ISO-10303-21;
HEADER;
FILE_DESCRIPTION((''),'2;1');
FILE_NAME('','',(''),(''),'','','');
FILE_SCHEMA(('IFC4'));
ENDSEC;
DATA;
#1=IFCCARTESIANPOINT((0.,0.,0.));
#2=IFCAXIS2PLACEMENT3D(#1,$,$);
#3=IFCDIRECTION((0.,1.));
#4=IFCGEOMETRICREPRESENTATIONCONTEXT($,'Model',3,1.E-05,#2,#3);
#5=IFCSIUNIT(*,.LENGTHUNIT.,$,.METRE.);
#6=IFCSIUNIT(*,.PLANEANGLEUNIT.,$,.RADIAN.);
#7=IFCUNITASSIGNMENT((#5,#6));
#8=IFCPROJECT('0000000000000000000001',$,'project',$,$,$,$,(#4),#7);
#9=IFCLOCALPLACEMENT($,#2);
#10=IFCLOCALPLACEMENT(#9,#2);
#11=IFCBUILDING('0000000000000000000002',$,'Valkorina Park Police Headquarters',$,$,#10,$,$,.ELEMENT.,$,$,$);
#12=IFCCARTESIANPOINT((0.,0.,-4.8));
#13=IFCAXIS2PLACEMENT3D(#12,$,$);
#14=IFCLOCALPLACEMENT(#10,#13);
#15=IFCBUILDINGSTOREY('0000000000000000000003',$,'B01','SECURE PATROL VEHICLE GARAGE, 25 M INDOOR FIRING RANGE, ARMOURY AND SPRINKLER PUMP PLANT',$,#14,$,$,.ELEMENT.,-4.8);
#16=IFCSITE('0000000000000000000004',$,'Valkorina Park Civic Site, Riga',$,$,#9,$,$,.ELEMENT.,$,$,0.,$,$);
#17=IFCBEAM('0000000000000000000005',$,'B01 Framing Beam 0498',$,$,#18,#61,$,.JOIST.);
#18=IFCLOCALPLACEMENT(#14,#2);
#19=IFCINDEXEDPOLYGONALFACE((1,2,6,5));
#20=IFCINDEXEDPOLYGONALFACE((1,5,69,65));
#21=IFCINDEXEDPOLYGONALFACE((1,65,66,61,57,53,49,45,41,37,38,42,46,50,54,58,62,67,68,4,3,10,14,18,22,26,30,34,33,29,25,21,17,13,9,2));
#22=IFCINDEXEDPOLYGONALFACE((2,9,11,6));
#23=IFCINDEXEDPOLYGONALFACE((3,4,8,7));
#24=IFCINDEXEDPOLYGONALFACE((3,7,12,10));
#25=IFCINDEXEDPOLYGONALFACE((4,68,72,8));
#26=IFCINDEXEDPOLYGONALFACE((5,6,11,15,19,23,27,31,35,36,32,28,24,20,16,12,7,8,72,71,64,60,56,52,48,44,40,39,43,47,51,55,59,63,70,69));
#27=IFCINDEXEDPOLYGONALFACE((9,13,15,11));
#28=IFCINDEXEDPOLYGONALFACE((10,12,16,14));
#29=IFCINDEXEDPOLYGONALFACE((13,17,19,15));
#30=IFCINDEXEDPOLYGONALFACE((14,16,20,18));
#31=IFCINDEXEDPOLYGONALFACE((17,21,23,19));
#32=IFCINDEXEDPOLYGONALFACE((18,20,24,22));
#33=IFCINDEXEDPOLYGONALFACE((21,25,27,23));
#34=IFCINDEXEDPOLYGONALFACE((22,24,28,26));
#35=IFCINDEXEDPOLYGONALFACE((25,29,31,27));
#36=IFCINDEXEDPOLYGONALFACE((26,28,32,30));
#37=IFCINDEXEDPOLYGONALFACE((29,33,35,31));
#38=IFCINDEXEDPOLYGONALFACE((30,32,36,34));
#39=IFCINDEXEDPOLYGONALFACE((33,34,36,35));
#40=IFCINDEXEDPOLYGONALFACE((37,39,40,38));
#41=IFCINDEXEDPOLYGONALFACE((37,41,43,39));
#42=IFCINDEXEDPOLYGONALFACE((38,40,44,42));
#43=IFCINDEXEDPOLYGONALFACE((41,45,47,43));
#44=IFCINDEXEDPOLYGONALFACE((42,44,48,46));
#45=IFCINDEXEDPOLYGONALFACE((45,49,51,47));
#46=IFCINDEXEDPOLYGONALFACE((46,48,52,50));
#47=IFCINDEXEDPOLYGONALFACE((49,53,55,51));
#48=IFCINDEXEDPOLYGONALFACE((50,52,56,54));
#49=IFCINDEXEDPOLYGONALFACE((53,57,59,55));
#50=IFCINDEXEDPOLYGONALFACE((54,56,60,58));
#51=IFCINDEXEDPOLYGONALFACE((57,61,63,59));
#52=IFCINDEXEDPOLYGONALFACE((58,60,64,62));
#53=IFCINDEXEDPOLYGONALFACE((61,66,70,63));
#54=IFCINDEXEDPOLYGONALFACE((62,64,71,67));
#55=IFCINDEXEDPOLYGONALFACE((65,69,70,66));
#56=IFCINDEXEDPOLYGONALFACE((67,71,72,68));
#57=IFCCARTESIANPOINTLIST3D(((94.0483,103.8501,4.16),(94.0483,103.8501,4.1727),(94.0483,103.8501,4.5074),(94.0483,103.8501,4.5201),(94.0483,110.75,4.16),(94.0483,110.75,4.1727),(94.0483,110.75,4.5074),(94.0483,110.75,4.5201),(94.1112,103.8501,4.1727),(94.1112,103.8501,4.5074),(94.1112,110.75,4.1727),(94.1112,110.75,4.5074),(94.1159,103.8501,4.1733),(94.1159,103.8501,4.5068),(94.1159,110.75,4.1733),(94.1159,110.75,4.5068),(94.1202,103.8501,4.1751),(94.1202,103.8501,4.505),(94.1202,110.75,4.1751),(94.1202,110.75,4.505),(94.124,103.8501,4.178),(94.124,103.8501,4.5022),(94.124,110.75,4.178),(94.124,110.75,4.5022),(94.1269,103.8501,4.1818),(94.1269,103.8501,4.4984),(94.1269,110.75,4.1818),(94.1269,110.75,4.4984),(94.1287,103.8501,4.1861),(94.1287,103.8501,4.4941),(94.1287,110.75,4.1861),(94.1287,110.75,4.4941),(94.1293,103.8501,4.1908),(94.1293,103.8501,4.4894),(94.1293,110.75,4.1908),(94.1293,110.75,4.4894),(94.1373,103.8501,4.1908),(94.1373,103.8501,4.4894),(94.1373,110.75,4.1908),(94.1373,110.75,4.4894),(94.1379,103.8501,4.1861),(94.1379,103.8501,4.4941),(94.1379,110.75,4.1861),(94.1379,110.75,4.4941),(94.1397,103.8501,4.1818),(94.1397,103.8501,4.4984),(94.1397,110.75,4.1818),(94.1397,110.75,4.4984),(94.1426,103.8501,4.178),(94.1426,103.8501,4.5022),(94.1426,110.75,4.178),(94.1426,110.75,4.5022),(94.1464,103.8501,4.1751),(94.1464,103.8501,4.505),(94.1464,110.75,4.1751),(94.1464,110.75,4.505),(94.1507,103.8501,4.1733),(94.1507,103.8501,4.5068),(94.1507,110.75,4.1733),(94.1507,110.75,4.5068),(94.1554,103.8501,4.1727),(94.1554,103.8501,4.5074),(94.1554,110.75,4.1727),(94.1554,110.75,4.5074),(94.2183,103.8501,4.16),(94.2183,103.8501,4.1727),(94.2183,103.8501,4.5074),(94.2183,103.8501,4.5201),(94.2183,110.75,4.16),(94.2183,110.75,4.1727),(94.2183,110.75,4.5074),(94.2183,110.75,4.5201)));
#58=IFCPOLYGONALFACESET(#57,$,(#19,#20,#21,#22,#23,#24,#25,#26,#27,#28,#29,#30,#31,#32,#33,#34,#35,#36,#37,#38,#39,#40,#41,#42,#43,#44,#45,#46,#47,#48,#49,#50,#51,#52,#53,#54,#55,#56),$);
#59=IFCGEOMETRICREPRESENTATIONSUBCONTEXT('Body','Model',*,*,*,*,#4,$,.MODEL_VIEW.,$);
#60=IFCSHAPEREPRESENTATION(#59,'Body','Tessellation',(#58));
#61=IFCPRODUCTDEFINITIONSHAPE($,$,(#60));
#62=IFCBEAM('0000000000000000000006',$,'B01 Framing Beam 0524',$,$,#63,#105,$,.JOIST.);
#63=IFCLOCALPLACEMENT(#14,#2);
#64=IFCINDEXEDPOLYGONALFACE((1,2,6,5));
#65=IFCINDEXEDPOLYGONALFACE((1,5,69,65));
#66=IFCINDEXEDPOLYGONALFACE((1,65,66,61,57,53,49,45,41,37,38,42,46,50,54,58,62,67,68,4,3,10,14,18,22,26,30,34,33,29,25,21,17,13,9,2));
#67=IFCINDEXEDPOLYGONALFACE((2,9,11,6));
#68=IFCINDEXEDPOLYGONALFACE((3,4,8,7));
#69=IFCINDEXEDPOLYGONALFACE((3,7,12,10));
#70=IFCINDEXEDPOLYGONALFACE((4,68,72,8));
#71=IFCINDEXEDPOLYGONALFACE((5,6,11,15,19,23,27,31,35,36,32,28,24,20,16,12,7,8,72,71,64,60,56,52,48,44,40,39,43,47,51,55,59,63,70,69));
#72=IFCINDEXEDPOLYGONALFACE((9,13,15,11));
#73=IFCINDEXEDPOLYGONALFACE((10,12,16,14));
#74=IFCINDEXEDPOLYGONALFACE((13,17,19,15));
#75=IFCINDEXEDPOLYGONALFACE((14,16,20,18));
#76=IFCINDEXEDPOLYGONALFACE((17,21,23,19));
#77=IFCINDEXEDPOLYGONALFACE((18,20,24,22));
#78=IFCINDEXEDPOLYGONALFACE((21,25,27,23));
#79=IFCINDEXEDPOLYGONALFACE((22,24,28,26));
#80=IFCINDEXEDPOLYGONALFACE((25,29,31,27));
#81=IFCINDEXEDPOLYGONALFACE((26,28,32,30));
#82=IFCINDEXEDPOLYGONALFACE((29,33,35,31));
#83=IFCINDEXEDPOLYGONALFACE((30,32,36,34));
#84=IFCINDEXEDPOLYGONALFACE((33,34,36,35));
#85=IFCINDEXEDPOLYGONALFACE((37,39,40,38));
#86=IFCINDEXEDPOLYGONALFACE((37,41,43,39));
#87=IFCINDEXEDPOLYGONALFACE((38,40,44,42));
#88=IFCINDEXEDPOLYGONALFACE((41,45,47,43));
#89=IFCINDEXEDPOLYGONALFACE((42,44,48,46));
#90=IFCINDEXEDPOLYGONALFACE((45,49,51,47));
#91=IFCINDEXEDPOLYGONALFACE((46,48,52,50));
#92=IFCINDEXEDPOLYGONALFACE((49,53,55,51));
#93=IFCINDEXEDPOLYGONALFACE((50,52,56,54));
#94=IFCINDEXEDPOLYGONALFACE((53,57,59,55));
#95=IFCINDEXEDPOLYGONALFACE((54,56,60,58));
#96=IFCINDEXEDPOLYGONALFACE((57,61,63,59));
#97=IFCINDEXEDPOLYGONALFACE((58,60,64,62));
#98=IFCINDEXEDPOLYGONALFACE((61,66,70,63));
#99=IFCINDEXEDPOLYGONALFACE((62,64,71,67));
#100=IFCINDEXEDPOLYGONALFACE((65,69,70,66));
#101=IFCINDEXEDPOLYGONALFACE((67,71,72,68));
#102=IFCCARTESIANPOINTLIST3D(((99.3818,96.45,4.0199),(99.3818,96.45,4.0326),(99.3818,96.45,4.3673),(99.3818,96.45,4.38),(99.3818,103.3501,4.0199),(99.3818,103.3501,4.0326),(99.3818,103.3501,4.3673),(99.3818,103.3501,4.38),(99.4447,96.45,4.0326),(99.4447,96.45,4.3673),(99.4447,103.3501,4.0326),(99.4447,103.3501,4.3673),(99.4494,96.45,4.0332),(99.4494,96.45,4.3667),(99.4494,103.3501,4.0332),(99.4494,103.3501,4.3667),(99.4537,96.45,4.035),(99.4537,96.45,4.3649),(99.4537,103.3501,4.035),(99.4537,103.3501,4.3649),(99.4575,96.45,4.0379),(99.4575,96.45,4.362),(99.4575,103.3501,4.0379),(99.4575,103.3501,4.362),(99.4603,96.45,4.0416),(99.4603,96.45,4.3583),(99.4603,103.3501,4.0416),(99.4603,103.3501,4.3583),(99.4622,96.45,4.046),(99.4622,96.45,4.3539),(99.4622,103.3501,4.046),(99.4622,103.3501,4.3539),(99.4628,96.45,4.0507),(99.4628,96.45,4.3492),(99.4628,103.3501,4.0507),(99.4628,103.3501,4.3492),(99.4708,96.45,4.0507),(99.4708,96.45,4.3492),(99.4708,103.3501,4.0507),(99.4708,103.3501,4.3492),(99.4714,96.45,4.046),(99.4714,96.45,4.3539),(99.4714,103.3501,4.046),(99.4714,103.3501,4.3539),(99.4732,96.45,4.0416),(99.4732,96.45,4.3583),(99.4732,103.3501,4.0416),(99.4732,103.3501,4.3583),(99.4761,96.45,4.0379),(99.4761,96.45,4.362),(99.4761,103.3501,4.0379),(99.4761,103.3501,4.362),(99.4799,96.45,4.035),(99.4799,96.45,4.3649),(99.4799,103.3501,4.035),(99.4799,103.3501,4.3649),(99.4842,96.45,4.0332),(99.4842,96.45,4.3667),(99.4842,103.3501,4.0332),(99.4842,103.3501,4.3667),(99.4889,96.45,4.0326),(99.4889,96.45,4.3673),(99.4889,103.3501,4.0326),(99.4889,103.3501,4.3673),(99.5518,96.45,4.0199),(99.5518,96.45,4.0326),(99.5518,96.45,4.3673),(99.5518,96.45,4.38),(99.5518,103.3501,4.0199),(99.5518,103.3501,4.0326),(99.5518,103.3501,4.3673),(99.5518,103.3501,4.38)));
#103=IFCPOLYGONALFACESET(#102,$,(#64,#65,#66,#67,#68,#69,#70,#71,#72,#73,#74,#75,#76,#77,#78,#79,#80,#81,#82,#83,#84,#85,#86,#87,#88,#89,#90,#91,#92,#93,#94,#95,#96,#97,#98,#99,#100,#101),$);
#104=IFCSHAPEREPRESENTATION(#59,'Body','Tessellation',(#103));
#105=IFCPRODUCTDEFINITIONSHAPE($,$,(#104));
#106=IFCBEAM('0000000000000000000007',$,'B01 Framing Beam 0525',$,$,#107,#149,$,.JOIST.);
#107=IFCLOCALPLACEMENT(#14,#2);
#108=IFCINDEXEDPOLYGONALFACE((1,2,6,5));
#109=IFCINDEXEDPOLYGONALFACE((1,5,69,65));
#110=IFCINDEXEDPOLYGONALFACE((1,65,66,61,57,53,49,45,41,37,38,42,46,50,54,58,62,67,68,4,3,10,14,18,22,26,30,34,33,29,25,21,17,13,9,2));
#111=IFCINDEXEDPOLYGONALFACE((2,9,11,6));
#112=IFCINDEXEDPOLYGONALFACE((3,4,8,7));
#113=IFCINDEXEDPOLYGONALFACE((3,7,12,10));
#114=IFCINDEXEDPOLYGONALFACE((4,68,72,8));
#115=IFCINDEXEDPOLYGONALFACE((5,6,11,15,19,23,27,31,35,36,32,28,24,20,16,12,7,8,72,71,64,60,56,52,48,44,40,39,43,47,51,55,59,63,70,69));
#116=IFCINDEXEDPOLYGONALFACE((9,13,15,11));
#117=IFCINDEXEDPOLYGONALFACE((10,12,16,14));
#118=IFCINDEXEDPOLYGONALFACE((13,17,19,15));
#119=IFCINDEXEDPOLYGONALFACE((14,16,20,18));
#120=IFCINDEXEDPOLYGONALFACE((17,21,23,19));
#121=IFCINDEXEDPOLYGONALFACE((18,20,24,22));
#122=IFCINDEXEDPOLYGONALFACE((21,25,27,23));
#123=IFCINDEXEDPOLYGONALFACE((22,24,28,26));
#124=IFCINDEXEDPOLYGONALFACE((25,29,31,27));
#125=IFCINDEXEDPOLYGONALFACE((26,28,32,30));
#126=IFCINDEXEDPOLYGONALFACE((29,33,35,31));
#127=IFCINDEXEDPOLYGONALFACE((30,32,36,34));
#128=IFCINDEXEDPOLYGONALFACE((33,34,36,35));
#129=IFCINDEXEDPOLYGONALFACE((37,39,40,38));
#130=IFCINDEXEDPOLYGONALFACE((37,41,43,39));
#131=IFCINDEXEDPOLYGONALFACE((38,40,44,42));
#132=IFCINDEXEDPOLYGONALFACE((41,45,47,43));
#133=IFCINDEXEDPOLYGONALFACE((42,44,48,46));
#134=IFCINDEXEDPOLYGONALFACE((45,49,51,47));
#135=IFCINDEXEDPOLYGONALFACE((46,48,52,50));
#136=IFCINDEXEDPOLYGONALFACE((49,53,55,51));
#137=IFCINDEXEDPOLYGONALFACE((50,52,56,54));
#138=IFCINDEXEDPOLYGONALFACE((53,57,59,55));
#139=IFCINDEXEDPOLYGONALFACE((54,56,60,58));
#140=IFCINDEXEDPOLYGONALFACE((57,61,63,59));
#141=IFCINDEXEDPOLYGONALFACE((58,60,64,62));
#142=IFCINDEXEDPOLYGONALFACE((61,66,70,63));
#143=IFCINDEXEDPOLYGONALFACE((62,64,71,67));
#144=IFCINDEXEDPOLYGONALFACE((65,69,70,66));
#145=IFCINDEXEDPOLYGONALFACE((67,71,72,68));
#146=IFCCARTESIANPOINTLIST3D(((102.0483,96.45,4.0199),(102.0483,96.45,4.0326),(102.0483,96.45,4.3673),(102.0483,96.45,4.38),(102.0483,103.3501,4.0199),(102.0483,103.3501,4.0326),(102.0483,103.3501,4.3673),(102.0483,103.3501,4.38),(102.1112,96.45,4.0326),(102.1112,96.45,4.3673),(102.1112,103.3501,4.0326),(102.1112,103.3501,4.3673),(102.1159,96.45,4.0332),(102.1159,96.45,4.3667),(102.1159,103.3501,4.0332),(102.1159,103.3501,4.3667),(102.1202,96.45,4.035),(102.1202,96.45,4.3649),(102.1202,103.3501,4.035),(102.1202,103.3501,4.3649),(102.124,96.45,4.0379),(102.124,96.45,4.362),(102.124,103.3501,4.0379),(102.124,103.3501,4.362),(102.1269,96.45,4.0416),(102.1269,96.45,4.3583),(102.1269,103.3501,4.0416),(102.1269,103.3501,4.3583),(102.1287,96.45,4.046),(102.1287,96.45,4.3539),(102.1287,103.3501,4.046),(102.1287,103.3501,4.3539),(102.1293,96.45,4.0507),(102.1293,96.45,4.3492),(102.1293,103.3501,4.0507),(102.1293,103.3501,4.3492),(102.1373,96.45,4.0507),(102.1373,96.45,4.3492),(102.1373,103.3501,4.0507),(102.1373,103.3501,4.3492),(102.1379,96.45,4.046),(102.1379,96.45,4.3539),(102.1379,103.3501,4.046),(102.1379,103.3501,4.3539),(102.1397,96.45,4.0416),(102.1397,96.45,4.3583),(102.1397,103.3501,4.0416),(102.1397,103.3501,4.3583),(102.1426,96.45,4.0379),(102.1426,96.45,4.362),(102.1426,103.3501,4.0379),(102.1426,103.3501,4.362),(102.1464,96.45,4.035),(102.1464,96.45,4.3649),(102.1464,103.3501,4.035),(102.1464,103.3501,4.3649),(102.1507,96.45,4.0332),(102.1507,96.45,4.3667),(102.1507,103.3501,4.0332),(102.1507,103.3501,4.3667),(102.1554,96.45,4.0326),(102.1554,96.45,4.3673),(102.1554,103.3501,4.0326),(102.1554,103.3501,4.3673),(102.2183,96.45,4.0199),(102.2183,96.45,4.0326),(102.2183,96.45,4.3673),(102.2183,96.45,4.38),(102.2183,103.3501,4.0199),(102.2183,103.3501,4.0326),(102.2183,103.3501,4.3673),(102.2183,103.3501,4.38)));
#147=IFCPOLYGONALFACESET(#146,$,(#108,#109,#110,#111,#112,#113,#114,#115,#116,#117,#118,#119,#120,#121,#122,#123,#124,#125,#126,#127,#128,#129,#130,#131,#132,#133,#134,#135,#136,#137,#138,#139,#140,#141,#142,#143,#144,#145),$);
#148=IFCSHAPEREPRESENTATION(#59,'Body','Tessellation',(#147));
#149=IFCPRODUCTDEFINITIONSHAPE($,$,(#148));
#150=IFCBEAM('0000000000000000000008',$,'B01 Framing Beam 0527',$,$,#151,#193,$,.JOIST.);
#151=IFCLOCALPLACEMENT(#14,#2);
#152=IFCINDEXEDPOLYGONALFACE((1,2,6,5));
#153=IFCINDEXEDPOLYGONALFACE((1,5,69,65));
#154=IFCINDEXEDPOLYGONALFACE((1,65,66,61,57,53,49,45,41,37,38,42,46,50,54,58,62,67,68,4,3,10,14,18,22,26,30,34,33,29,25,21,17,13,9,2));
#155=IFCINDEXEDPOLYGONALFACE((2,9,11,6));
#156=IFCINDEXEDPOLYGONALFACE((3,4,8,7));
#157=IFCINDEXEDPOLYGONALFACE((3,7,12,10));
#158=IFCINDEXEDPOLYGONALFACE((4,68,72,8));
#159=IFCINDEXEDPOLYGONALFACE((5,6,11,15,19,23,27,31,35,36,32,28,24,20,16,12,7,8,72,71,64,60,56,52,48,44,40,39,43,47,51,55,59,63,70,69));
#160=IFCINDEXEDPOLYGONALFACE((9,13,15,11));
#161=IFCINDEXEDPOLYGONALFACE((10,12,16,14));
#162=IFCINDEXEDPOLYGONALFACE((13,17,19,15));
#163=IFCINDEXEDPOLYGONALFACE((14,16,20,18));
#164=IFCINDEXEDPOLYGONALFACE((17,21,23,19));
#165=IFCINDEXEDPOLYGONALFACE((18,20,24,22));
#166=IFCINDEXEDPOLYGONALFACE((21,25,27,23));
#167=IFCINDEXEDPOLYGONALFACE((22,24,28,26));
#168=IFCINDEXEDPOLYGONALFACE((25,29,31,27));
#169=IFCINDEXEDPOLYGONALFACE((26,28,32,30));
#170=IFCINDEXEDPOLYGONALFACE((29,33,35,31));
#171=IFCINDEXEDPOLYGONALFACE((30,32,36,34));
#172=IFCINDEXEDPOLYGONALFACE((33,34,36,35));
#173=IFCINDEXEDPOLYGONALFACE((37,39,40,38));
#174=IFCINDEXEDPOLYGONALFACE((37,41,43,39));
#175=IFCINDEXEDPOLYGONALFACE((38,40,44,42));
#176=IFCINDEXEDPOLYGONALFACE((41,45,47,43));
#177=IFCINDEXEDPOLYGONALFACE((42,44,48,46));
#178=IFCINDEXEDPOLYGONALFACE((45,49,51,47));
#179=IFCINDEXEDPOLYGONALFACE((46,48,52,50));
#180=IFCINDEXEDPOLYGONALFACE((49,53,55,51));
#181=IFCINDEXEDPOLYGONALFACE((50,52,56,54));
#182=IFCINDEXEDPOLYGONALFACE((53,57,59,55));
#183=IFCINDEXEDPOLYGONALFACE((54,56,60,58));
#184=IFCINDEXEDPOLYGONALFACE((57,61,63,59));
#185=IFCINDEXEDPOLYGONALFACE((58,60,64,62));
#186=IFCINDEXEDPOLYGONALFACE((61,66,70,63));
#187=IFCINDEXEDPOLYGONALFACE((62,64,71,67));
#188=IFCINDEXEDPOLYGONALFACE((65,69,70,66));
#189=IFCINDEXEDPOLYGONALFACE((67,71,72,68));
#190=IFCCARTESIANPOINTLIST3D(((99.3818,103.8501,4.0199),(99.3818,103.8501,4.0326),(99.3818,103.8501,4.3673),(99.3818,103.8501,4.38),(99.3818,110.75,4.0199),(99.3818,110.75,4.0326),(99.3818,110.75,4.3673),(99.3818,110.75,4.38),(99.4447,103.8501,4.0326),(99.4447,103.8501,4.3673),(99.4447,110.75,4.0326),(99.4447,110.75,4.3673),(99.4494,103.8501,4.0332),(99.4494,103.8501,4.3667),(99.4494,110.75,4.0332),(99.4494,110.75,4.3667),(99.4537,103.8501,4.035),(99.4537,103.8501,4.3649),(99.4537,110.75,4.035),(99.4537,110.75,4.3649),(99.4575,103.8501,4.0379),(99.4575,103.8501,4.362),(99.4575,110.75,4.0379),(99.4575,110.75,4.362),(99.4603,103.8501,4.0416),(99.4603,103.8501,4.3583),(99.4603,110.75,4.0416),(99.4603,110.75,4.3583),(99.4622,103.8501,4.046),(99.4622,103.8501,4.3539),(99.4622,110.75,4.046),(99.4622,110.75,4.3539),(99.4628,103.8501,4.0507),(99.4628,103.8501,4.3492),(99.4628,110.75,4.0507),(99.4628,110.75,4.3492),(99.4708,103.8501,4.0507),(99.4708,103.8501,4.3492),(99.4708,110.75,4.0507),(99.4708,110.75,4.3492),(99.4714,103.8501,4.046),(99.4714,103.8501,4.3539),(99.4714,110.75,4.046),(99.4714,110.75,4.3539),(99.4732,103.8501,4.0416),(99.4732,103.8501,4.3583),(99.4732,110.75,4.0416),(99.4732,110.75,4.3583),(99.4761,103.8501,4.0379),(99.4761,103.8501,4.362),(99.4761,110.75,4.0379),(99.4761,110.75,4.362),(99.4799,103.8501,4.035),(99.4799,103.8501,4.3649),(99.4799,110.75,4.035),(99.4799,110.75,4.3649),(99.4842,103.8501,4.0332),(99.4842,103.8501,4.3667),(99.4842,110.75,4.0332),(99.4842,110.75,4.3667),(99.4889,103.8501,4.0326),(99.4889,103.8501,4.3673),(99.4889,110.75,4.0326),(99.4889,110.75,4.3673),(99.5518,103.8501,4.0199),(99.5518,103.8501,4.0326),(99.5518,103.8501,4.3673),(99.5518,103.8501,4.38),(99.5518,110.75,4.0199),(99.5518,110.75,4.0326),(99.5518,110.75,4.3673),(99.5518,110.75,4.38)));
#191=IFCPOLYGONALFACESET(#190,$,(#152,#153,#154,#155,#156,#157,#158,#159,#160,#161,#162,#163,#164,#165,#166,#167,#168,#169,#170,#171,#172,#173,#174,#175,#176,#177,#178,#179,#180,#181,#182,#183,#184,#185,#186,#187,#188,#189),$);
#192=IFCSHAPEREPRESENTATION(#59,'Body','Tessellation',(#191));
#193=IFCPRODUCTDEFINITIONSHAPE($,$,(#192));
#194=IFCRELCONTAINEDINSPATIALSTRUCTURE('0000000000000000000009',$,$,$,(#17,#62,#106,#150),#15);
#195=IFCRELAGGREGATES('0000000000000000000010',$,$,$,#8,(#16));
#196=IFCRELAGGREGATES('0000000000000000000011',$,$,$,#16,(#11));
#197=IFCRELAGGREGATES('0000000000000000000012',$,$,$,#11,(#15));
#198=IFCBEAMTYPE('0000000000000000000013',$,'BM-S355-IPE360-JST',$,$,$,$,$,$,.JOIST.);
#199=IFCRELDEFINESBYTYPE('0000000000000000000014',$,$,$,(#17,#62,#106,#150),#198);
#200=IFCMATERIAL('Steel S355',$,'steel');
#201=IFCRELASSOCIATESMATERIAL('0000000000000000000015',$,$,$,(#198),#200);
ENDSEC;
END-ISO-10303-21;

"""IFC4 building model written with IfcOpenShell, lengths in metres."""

from ifc_helpers import new_model, si_unit, direction, frame, origin, origin_2d, place, context, subcontext, project, spatial, i_section, extrude, material, material_profile, profile_set, type_object, element, save


model = new_model("IFC4")

# Units and contexts
model_context = context("Model", 3, precision=1e-05, world=origin(), true_north=direction((0.0, 1.0)))
body_context = subcontext(model_context, "Body", "Model", "MODEL_VIEW")
ifc_project = project(units=[si_unit("LENGTHUNIT", "METRE"), si_unit("PLANEANGLEUNIT", "RADIAN")], contexts=[model_context])

# Site, building, storey
site_placement = place(None, origin())
site = spatial("IfcSite", under=ifc_project, at=site_placement, Name="Valkorina Park Civic Site, Riga", CompositionType="ELEMENT", RefElevation=0.0)
building_placement = place(site_placement, origin())
building = spatial("IfcBuilding", under=site, at=building_placement, Name="Valkorina Park Police Headquarters", CompositionType="ELEMENT")
storey_placement = place(building_placement, frame((0.0, 0.0, -4.8)))
storey = spatial("IfcBuildingStorey", under=building, at=storey_placement, Name="B01", Description="SECURE PATROL VEHICLE GARAGE, 25 M INDOOR FIRING RANGE, ARMOURY AND SPRINKLER PUMP PLANT", CompositionType="ELEMENT", Elevation=-4.8)

# Beams
ifc_material_1 = material(Name="Steel S355", Category="steel")
ifc_material_profile_1 = material_profile(ifc_material_1, i_section(OverallWidth=0.1699, OverallDepth=0.3601, WebThickness=0.0081, FlangeThickness=0.0127, FilletRadius=0.0181, at=origin_2d()), Name="IPE 360")
ifc_profile_set_1 = profile_set([ifc_material_profile_1], Name="Steel S355")
beam_type_1 = type_object("IfcBeamType", Name="BM-S355-IPE360-JST", PredefinedType="JOIST", material=ifc_profile_set_1)
for number, where, z_axis, x_axis, name in (
    (1, (94.1333, 103.8501, 4.3401), (0.0, 1.0, 0.0), (-1.0, 0.0, 0.0), "B01 Framing Beam 0498"),
):
    element("IfcBeam", number, at=place(storey_placement, frame(where, z_axis=z_axis, x_axis=x_axis)), inside=storey, type_object=beam_type_1, Name=name, PredefinedType="JOIST", context=body_context, shape_type="SweptSolid", body=[
        extrude(i_section(OverallWidth=0.1699, OverallDepth=0.3601, WebThickness=0.0081, FlangeThickness=0.0127, FilletRadius=0.0181, at=origin_2d()), origin(), (0.0, 0.0, 1.0), 6.8999),
    ])
for number, where, z_axis, x_axis, name in (
    (2, (99.4668, 96.45, 4.2), (0.0, 1.0, 0.0), (-1.0, 0.0, 0.0), "B01 Framing Beam 0524"),
    (3, (102.1333, 96.45, 4.2), (0.0, 1.0, 0.0), (-1.0, 0.0, 0.0), "B01 Framing Beam 0525"),
):
    element("IfcBeam", number, at=place(storey_placement, frame(where, z_axis=z_axis, x_axis=x_axis)), inside=storey, type_object=beam_type_1, Name=name, PredefinedType="JOIST", context=body_context, shape_type="SweptSolid", body=[
        extrude(i_section(OverallWidth=0.1699, OverallDepth=0.3601, WebThickness=0.0081, FlangeThickness=0.0127, FilletRadius=0.0181, at=origin_2d()), origin(), (0.0, 0.0, 1.0), 6.9001),
    ])
for number, where, z_axis, x_axis, name in (
    (4, (99.4668, 103.8501, 4.2), (0.0, 1.0, 0.0), (-1.0, 0.0, 0.0), "B01 Framing Beam 0527"),
):
    element("IfcBeam", number, at=place(storey_placement, frame(where, z_axis=z_axis, x_axis=x_axis)), inside=storey, type_object=beam_type_1, Name=name, PredefinedType="JOIST", context=body_context, shape_type="SweptSolid", body=[
        extrude(i_section(OverallWidth=0.1699, OverallDepth=0.3601, WebThickness=0.0081, FlangeThickness=0.0127, FilletRadius=0.0181, at=origin_2d()), origin(), (0.0, 0.0, 1.0), 6.8999),
    ])

save(model, "model.ifc")
